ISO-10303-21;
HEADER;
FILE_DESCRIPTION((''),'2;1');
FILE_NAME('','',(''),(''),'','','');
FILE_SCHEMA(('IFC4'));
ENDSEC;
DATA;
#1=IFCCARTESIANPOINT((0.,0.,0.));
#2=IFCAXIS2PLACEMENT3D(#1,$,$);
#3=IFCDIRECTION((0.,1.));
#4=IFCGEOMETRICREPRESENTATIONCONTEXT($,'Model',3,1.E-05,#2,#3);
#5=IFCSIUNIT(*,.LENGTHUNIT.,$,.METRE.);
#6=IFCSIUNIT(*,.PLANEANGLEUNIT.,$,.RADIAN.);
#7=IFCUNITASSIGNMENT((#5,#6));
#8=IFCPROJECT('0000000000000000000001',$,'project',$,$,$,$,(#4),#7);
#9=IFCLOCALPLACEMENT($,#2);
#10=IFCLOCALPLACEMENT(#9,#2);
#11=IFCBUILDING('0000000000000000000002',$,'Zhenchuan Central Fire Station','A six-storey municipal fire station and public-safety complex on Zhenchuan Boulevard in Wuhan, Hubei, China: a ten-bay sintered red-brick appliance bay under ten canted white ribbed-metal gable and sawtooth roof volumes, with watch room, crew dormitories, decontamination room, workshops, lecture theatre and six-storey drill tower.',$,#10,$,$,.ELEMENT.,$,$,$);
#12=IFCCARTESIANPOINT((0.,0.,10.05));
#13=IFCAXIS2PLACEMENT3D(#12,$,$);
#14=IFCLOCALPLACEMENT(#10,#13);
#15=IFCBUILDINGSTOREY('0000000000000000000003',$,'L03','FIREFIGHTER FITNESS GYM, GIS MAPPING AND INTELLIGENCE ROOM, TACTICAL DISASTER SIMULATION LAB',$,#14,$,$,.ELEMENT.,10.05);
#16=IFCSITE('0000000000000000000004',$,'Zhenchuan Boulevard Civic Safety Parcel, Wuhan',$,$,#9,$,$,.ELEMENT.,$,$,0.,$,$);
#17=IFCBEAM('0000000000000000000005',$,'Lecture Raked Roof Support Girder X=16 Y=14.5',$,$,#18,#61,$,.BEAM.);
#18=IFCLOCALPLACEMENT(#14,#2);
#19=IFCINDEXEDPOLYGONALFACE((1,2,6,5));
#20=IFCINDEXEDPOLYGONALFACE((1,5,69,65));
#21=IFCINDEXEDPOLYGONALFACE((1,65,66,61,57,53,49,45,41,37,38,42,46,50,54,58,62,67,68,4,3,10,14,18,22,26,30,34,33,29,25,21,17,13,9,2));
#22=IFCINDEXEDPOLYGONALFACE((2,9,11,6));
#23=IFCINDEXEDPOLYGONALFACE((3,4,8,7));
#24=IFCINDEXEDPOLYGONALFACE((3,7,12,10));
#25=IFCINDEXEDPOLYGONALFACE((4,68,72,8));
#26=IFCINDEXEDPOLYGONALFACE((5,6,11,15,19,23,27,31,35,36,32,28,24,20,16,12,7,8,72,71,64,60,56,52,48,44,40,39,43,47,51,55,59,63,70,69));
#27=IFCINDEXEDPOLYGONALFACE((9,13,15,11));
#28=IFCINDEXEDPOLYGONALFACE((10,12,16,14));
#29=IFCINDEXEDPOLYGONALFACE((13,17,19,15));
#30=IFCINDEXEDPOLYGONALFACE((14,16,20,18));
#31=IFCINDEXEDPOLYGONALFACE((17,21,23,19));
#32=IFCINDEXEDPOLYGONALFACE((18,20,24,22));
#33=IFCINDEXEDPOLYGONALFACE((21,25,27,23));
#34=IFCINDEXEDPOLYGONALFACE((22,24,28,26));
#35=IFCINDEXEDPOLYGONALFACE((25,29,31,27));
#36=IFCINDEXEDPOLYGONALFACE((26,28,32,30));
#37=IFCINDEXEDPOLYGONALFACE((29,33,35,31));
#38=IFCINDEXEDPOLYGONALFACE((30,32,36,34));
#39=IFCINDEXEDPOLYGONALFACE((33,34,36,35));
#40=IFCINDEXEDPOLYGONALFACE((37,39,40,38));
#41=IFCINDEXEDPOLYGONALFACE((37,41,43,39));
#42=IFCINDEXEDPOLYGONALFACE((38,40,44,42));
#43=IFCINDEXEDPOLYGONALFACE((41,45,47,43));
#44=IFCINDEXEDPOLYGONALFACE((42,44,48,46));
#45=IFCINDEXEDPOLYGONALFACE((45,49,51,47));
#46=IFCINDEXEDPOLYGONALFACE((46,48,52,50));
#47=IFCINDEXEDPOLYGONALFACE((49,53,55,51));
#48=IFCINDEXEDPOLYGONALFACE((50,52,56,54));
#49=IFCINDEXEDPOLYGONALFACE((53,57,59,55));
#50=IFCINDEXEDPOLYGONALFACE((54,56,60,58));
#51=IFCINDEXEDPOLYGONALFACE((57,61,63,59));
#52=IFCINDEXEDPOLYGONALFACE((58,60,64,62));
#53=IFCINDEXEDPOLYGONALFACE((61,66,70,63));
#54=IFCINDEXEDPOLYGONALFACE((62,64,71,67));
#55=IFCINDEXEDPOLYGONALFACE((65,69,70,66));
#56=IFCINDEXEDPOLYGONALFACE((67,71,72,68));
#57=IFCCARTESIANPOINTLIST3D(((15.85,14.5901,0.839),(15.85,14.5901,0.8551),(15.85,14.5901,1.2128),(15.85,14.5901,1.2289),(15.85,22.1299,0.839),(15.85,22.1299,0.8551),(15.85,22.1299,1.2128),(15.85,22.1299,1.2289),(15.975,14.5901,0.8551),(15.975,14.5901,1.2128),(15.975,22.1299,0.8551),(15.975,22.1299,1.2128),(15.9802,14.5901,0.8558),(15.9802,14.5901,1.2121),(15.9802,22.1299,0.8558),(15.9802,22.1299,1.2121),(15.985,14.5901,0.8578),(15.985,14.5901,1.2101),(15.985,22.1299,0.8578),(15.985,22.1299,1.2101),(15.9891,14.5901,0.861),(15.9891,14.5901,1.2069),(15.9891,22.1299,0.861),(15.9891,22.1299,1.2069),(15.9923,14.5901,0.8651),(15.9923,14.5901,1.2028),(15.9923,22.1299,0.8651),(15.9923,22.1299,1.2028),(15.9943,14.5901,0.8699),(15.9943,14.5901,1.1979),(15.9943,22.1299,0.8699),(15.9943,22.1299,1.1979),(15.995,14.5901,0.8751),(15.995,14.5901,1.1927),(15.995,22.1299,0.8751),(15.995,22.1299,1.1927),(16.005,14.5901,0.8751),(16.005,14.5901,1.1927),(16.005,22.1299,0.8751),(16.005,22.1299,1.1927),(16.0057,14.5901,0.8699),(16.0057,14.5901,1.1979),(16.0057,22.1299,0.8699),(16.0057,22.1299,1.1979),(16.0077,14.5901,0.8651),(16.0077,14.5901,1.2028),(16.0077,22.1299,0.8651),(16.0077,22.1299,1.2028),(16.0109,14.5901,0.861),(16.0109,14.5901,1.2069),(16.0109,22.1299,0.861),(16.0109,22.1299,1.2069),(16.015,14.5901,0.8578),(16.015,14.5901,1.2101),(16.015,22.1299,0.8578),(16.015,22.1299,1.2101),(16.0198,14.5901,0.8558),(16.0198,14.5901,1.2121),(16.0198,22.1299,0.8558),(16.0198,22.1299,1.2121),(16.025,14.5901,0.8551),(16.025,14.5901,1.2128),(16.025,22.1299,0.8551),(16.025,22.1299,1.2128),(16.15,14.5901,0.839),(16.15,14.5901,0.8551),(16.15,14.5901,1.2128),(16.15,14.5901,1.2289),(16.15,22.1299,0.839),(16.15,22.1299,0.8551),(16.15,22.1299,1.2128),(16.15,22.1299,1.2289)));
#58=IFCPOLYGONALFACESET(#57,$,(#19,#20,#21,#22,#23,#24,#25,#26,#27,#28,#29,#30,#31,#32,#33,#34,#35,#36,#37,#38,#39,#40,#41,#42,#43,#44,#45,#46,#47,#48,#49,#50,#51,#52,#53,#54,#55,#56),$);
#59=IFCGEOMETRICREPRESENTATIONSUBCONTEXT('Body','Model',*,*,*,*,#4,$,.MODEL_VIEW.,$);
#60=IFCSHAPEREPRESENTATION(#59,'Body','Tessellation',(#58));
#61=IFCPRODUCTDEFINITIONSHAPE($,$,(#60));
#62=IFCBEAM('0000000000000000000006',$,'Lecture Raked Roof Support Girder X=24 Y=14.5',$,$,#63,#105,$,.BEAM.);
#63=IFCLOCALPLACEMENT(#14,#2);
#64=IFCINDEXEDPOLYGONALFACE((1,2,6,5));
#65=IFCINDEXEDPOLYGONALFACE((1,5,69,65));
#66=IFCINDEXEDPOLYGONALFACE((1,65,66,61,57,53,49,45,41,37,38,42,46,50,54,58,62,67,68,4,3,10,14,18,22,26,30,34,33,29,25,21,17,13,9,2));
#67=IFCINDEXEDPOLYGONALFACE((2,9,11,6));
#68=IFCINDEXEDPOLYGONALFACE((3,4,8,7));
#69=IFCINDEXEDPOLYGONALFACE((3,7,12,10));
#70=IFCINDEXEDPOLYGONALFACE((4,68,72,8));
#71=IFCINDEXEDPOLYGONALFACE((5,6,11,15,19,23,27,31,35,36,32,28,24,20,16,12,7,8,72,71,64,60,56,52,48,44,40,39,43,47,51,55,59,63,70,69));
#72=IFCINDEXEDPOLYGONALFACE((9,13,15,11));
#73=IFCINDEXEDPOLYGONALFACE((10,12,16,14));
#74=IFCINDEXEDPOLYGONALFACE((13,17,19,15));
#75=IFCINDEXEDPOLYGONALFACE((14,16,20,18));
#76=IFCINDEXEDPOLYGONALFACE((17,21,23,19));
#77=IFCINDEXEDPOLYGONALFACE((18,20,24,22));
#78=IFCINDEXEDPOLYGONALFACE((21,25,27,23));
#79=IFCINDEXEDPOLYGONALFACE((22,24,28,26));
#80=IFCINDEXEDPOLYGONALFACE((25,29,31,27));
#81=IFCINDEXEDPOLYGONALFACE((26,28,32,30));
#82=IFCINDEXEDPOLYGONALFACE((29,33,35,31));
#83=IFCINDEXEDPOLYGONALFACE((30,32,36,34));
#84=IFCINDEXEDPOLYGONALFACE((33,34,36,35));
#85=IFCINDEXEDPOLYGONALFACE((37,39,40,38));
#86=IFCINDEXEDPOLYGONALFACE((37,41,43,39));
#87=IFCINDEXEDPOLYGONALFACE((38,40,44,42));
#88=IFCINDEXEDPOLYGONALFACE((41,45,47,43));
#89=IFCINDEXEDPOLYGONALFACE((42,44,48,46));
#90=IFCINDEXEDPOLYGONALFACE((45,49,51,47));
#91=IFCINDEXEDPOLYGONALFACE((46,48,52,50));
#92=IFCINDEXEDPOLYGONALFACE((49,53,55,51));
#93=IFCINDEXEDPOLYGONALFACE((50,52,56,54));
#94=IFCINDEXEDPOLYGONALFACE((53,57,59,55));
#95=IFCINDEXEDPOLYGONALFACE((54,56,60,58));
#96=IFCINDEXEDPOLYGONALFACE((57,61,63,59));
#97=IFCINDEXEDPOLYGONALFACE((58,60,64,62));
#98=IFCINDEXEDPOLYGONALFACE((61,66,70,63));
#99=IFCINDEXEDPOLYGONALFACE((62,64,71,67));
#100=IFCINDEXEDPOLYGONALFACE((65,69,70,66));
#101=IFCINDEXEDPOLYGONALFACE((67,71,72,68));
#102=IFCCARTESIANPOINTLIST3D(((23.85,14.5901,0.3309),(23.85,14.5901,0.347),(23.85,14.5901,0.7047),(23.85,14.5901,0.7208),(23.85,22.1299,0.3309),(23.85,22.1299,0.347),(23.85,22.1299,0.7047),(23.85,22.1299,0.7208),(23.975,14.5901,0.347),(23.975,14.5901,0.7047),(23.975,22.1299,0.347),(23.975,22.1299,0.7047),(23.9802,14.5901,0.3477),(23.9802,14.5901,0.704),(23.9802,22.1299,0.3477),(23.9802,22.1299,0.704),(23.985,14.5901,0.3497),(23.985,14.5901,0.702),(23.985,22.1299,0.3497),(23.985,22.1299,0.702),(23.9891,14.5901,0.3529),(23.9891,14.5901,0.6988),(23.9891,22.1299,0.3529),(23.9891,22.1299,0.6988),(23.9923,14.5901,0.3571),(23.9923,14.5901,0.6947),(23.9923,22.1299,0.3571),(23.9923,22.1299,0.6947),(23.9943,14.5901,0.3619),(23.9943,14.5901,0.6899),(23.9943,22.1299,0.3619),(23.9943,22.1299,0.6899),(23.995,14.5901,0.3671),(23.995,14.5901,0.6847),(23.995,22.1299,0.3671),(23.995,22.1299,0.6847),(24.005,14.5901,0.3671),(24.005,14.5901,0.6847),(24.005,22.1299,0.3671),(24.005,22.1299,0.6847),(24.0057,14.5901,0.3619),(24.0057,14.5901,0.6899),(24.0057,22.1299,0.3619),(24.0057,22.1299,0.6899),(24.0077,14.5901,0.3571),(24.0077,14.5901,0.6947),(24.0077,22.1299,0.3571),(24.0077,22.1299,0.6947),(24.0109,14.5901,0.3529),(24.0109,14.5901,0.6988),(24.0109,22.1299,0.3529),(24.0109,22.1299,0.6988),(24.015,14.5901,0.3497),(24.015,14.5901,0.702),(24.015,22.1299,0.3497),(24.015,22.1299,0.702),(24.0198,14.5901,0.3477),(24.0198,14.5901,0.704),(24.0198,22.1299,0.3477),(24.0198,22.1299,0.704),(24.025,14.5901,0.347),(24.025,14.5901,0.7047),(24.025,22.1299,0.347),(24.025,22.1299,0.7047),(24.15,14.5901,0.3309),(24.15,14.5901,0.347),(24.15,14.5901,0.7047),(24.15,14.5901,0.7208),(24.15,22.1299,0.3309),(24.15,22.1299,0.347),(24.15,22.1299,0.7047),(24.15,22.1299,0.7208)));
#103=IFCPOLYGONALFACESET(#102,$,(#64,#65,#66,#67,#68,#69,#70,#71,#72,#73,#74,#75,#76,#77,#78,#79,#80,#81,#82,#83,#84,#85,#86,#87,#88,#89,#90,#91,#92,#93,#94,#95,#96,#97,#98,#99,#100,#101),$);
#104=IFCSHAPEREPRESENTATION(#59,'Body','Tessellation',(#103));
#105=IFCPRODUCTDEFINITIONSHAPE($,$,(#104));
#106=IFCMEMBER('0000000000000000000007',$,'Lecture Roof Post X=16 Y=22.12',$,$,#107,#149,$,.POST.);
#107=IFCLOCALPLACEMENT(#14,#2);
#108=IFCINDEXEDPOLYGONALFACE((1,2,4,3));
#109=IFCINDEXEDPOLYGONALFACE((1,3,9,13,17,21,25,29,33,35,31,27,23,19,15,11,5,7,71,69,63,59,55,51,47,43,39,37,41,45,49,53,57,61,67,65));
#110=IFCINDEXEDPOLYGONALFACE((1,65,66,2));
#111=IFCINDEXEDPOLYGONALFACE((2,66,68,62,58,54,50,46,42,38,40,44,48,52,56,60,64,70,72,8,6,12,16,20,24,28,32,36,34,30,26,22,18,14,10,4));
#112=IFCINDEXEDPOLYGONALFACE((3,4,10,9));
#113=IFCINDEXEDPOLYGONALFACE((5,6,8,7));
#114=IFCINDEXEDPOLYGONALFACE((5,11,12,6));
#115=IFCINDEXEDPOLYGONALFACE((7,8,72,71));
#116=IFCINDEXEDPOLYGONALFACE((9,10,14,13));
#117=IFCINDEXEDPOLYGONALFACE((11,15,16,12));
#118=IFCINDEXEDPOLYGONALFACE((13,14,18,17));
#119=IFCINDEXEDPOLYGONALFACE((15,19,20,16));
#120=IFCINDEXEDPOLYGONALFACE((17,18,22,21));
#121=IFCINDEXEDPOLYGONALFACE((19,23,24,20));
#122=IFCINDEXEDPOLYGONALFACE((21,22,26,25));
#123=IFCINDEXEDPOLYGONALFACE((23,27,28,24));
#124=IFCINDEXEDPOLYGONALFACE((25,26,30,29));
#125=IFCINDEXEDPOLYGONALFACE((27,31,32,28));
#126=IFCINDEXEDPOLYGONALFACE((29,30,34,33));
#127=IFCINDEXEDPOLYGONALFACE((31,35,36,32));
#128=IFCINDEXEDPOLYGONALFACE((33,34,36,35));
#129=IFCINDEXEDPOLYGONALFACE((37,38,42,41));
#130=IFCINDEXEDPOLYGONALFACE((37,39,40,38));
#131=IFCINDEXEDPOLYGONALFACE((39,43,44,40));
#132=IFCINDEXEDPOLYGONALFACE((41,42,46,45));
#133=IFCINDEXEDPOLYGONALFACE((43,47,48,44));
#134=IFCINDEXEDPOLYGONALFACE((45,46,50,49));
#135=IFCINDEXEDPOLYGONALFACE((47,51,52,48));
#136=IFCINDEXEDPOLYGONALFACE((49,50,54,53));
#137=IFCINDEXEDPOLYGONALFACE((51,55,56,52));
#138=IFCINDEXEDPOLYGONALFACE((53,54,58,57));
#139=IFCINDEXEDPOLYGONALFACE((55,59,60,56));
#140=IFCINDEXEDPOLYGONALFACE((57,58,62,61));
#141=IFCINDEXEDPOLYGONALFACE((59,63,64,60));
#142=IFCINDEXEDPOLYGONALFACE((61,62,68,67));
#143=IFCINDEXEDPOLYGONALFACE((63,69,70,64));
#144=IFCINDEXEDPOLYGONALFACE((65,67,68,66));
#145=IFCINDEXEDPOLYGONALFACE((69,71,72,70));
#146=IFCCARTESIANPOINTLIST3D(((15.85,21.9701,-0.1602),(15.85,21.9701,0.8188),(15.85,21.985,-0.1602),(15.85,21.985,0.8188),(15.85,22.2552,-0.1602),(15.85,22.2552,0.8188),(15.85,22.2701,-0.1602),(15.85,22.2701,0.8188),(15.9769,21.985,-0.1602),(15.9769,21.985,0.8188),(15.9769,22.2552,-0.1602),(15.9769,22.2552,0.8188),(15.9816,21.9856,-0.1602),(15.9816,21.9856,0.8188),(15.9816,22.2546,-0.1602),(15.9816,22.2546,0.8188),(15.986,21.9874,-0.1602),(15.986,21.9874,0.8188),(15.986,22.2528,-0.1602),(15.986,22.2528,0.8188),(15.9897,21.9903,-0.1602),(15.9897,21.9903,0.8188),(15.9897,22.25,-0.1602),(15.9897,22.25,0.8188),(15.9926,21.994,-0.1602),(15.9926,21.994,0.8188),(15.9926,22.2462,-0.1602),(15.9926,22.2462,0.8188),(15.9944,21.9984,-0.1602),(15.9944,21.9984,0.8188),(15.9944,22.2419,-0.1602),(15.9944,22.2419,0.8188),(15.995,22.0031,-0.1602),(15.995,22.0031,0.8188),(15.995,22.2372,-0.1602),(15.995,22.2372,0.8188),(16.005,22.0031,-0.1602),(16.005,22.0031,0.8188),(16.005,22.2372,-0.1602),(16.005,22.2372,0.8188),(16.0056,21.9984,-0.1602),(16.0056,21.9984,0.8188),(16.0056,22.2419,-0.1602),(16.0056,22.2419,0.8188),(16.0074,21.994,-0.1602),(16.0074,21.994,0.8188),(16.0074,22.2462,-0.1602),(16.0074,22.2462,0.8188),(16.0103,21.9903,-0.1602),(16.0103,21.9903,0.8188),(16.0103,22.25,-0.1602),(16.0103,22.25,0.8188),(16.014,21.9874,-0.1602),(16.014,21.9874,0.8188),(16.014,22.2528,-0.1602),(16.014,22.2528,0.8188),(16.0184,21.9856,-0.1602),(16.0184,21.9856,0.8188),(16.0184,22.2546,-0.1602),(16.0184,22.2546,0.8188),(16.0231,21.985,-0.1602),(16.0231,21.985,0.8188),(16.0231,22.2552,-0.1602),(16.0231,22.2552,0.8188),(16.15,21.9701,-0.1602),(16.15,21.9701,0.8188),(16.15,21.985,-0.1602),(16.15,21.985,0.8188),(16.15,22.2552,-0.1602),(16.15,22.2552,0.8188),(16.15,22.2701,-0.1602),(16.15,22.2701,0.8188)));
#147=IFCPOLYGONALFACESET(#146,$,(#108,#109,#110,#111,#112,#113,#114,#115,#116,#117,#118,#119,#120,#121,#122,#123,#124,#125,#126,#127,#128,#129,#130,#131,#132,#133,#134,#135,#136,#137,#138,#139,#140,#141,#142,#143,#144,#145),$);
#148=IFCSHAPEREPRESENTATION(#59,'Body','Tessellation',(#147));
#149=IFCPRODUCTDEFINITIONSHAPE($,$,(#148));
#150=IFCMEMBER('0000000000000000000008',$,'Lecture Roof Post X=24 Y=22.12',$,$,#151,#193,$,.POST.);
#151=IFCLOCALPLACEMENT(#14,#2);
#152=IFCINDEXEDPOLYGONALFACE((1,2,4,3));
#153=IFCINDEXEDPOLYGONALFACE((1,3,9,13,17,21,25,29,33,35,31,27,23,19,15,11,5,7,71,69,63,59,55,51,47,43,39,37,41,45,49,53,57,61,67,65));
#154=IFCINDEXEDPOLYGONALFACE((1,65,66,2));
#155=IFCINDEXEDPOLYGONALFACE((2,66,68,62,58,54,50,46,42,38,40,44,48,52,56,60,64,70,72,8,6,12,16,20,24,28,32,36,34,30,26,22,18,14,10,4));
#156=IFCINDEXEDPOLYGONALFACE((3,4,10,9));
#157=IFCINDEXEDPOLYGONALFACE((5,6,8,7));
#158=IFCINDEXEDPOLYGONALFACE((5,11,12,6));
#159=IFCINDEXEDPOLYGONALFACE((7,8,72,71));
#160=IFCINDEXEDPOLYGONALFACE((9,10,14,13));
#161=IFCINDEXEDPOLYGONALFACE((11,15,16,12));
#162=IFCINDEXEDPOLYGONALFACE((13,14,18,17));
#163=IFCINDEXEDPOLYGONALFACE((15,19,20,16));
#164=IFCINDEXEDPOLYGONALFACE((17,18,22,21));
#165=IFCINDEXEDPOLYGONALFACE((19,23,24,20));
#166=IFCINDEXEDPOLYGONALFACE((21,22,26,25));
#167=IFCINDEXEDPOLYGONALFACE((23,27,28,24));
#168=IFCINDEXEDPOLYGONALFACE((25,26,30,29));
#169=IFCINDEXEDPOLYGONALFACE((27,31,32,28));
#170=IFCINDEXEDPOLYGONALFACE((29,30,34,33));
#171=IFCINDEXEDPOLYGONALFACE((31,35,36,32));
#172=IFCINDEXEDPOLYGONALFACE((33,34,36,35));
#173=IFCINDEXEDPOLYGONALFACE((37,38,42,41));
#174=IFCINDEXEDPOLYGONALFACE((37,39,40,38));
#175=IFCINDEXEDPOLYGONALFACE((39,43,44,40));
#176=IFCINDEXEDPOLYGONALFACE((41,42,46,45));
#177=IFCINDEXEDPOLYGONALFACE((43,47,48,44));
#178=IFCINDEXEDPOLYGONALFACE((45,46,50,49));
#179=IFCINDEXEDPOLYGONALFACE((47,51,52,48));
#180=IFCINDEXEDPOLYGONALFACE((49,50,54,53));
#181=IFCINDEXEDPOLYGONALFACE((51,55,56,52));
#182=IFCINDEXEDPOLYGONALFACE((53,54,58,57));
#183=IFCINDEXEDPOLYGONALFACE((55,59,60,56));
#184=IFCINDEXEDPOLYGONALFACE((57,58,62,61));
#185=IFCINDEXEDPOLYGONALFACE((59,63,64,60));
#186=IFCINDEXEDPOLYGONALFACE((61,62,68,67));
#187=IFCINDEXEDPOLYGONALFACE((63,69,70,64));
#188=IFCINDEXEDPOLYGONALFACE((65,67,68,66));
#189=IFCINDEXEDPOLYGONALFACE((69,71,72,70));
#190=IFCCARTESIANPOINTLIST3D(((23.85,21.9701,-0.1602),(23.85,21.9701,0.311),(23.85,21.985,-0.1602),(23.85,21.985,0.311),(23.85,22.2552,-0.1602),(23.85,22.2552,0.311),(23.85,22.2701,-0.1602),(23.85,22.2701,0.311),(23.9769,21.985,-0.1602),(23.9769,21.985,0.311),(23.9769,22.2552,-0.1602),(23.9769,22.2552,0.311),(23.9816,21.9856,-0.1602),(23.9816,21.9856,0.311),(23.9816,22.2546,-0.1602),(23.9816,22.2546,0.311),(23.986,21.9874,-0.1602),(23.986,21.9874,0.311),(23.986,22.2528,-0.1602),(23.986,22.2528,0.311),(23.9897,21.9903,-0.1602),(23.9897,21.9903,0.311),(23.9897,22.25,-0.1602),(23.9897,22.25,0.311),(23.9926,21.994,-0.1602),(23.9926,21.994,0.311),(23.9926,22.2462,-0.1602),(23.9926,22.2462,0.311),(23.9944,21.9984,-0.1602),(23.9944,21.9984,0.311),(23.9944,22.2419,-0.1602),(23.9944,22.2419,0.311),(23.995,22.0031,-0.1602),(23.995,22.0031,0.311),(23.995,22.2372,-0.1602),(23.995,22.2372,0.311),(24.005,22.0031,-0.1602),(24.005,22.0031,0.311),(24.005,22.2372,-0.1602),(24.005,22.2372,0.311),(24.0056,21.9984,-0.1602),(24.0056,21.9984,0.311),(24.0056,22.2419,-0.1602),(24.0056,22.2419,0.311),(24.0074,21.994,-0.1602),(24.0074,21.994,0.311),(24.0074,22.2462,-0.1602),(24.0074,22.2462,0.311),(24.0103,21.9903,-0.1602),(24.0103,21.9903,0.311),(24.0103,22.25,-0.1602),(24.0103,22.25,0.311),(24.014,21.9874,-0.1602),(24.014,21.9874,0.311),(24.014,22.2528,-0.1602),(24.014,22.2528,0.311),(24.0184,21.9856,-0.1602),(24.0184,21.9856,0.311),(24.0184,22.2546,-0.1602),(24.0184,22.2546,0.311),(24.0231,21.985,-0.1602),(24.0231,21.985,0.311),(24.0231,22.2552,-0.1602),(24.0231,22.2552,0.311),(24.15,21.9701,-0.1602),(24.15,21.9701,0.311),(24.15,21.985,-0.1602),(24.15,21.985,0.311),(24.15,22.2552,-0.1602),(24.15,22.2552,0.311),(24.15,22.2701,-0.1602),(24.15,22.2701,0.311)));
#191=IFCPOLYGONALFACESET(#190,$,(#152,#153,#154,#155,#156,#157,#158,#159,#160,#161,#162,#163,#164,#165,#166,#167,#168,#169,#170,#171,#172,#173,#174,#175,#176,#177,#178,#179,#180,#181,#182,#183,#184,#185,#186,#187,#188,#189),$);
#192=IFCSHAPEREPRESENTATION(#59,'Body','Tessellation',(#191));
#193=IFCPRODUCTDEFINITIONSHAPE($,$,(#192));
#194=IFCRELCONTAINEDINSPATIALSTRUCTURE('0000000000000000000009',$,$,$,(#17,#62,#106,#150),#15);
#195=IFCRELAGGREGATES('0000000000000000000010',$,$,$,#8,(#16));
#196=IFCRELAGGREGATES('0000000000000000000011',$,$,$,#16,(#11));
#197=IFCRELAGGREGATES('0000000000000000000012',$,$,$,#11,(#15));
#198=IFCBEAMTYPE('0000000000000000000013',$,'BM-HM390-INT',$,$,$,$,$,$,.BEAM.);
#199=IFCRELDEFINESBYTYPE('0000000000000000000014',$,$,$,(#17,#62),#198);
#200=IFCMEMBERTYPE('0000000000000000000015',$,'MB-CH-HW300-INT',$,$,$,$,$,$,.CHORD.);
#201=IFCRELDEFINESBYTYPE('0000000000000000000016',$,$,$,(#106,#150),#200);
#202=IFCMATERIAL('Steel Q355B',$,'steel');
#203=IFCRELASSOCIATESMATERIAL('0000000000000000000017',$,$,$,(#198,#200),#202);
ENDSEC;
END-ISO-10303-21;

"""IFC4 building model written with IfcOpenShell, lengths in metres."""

from ifc_helpers import new_model, si_unit, direction, frame, origin, origin_2d, place, context, subcontext, project, spatial, i_section, extrude, material, material_profile, profile_set, type_object, element, save


model = new_model("IFC4")

# Units and contexts
model_context = context("Model", 3, precision=1e-05, world=origin(), true_north=direction((0.0, 1.0)))
body_context = subcontext(model_context, "Body", "Model", "MODEL_VIEW")
ifc_project = project(units=[si_unit("LENGTHUNIT", "METRE"), si_unit("PLANEANGLEUNIT", "RADIAN")], contexts=[model_context])

# Site, building, storey
site_placement = place(None, origin())
site = spatial("IfcSite", under=ifc_project, at=site_placement, Name="Zhenchuan Boulevard Civic Safety Parcel, Wuhan", CompositionType="ELEMENT", RefElevation=0.0)
building_placement = place(site_placement, origin())
building = spatial("IfcBuilding", under=site, at=building_placement, Name="Zhenchuan Central Fire Station", Description="A six-storey municipal fire station and public-safety complex on Zhenchuan Boulevard in Wuhan, Hubei, China: a ten-bay sintered red-brick appliance bay under ten canted white ribbed-metal gable and sawtooth roof volumes, with watch room, crew dormitories, decontamination room, workshops, lecture theatre and six-storey drill tower.", CompositionType="ELEMENT")
storey_placement = place(building_placement, frame((0.0, 0.0, 10.05)))
storey = spatial("IfcBuildingStorey", under=building, at=storey_placement, Name="L03", Description="FIREFIGHTER FITNESS GYM, GIS MAPPING AND INTELLIGENCE ROOM, TACTICAL DISASTER SIMULATION LAB", CompositionType="ELEMENT", Elevation=10.05)

# Beams
ifc_material_1 = material(Name="Steel Q355B", Category="steel")
ifc_material_profile_1 = material_profile(ifc_material_1, i_section(OverallWidth=0.3, OverallDepth=0.3899, WebThickness=0.01, FlangeThickness=0.0161, FilletRadius=0.02, at=origin_2d()), Name="HM 390x300")
ifc_profile_set_1 = profile_set([ifc_material_profile_1], Name="Steel Q355B")
beam_type = type_object("IfcBeamType", Name="BM-HM390-INT", PredefinedType="BEAM", material=ifc_profile_set_1)
for number, where, z_axis, x_axis, name in (
    (1, (16.0, 14.5901, 1.0339), (0.0, 1.0, 0.0), (-1.0, 0.0, 0.0), "Lecture Raked Roof Support Girder X=16 Y=14.5"),
    (2, (24.0, 14.5901, 0.5259), (0.0, 1.0, 0.0), (-1.0, 0.0, 0.0), "Lecture Raked Roof Support Girder X=24 Y=14.5"),
):
    element("IfcBeam", number, at=place(storey_placement, frame(where, z_axis=z_axis, x_axis=x_axis)), inside=storey, type_object=beam_type, Name=name, PredefinedType="BEAM", context=body_context, shape_type="SweptSolid", body=[
        extrude(i_section(OverallWidth=0.3, OverallDepth=0.3899, WebThickness=0.01, FlangeThickness=0.0161, FilletRadius=0.02, at=origin_2d()), origin(), (0.0, 0.0, 1.0), 7.5398),
    ])

# Members
ifc_material_profile_2 = material_profile(ifc_material_1, i_section(OverallWidth=0.3, OverallDepth=0.3, WebThickness=0.01, FlangeThickness=0.0149, FilletRadius=0.0181, at=origin_2d()), Name="HW 300x300")
ifc_profile_set_2 = profile_set([ifc_material_profile_2], Name="Steel Q355B")
member_type_1 = type_object("IfcMemberType", Name="MB-CH-HW300-INT", PredefinedType="CHORD", material=ifc_profile_set_2)
member_1_placement = place(storey_placement, frame((16.0, 22.1201, -0.1602), z_axis=(0.0, 0.0, 1.0), x_axis=(1.0, 0.0, 0.0)))
element("IfcMember", 3, at=member_1_placement, inside=storey, type_object=member_type_1, Name="Lecture Roof Post X=16 Y=22.12", PredefinedType="POST", context=body_context, shape_type="SweptSolid", body=[
    extrude(i_section(OverallWidth=0.3, OverallDepth=0.3, WebThickness=0.01, FlangeThickness=0.0149, FilletRadius=0.0181, at=origin_2d()), origin(), (0.0, 0.0, 1.0), 0.979),
])
member_2_placement = place(storey_placement, frame((24.0, 22.1201, -0.1602), z_axis=(0.0, 0.0, 1.0), x_axis=(1.0, 0.0, 0.0)))
element("IfcMember", 4, at=member_2_placement, inside=storey, type_object=member_type_1, Name="Lecture Roof Post X=24 Y=22.12", PredefinedType="POST", context=body_context, shape_type="SweptSolid", body=[
    extrude(i_section(OverallWidth=0.3, OverallDepth=0.3, WebThickness=0.01, FlangeThickness=0.0149, FilletRadius=0.0181, at=origin_2d()), origin(), (0.0, 0.0, 1.0), 0.4712),
])

save(model, "model.ifc")
